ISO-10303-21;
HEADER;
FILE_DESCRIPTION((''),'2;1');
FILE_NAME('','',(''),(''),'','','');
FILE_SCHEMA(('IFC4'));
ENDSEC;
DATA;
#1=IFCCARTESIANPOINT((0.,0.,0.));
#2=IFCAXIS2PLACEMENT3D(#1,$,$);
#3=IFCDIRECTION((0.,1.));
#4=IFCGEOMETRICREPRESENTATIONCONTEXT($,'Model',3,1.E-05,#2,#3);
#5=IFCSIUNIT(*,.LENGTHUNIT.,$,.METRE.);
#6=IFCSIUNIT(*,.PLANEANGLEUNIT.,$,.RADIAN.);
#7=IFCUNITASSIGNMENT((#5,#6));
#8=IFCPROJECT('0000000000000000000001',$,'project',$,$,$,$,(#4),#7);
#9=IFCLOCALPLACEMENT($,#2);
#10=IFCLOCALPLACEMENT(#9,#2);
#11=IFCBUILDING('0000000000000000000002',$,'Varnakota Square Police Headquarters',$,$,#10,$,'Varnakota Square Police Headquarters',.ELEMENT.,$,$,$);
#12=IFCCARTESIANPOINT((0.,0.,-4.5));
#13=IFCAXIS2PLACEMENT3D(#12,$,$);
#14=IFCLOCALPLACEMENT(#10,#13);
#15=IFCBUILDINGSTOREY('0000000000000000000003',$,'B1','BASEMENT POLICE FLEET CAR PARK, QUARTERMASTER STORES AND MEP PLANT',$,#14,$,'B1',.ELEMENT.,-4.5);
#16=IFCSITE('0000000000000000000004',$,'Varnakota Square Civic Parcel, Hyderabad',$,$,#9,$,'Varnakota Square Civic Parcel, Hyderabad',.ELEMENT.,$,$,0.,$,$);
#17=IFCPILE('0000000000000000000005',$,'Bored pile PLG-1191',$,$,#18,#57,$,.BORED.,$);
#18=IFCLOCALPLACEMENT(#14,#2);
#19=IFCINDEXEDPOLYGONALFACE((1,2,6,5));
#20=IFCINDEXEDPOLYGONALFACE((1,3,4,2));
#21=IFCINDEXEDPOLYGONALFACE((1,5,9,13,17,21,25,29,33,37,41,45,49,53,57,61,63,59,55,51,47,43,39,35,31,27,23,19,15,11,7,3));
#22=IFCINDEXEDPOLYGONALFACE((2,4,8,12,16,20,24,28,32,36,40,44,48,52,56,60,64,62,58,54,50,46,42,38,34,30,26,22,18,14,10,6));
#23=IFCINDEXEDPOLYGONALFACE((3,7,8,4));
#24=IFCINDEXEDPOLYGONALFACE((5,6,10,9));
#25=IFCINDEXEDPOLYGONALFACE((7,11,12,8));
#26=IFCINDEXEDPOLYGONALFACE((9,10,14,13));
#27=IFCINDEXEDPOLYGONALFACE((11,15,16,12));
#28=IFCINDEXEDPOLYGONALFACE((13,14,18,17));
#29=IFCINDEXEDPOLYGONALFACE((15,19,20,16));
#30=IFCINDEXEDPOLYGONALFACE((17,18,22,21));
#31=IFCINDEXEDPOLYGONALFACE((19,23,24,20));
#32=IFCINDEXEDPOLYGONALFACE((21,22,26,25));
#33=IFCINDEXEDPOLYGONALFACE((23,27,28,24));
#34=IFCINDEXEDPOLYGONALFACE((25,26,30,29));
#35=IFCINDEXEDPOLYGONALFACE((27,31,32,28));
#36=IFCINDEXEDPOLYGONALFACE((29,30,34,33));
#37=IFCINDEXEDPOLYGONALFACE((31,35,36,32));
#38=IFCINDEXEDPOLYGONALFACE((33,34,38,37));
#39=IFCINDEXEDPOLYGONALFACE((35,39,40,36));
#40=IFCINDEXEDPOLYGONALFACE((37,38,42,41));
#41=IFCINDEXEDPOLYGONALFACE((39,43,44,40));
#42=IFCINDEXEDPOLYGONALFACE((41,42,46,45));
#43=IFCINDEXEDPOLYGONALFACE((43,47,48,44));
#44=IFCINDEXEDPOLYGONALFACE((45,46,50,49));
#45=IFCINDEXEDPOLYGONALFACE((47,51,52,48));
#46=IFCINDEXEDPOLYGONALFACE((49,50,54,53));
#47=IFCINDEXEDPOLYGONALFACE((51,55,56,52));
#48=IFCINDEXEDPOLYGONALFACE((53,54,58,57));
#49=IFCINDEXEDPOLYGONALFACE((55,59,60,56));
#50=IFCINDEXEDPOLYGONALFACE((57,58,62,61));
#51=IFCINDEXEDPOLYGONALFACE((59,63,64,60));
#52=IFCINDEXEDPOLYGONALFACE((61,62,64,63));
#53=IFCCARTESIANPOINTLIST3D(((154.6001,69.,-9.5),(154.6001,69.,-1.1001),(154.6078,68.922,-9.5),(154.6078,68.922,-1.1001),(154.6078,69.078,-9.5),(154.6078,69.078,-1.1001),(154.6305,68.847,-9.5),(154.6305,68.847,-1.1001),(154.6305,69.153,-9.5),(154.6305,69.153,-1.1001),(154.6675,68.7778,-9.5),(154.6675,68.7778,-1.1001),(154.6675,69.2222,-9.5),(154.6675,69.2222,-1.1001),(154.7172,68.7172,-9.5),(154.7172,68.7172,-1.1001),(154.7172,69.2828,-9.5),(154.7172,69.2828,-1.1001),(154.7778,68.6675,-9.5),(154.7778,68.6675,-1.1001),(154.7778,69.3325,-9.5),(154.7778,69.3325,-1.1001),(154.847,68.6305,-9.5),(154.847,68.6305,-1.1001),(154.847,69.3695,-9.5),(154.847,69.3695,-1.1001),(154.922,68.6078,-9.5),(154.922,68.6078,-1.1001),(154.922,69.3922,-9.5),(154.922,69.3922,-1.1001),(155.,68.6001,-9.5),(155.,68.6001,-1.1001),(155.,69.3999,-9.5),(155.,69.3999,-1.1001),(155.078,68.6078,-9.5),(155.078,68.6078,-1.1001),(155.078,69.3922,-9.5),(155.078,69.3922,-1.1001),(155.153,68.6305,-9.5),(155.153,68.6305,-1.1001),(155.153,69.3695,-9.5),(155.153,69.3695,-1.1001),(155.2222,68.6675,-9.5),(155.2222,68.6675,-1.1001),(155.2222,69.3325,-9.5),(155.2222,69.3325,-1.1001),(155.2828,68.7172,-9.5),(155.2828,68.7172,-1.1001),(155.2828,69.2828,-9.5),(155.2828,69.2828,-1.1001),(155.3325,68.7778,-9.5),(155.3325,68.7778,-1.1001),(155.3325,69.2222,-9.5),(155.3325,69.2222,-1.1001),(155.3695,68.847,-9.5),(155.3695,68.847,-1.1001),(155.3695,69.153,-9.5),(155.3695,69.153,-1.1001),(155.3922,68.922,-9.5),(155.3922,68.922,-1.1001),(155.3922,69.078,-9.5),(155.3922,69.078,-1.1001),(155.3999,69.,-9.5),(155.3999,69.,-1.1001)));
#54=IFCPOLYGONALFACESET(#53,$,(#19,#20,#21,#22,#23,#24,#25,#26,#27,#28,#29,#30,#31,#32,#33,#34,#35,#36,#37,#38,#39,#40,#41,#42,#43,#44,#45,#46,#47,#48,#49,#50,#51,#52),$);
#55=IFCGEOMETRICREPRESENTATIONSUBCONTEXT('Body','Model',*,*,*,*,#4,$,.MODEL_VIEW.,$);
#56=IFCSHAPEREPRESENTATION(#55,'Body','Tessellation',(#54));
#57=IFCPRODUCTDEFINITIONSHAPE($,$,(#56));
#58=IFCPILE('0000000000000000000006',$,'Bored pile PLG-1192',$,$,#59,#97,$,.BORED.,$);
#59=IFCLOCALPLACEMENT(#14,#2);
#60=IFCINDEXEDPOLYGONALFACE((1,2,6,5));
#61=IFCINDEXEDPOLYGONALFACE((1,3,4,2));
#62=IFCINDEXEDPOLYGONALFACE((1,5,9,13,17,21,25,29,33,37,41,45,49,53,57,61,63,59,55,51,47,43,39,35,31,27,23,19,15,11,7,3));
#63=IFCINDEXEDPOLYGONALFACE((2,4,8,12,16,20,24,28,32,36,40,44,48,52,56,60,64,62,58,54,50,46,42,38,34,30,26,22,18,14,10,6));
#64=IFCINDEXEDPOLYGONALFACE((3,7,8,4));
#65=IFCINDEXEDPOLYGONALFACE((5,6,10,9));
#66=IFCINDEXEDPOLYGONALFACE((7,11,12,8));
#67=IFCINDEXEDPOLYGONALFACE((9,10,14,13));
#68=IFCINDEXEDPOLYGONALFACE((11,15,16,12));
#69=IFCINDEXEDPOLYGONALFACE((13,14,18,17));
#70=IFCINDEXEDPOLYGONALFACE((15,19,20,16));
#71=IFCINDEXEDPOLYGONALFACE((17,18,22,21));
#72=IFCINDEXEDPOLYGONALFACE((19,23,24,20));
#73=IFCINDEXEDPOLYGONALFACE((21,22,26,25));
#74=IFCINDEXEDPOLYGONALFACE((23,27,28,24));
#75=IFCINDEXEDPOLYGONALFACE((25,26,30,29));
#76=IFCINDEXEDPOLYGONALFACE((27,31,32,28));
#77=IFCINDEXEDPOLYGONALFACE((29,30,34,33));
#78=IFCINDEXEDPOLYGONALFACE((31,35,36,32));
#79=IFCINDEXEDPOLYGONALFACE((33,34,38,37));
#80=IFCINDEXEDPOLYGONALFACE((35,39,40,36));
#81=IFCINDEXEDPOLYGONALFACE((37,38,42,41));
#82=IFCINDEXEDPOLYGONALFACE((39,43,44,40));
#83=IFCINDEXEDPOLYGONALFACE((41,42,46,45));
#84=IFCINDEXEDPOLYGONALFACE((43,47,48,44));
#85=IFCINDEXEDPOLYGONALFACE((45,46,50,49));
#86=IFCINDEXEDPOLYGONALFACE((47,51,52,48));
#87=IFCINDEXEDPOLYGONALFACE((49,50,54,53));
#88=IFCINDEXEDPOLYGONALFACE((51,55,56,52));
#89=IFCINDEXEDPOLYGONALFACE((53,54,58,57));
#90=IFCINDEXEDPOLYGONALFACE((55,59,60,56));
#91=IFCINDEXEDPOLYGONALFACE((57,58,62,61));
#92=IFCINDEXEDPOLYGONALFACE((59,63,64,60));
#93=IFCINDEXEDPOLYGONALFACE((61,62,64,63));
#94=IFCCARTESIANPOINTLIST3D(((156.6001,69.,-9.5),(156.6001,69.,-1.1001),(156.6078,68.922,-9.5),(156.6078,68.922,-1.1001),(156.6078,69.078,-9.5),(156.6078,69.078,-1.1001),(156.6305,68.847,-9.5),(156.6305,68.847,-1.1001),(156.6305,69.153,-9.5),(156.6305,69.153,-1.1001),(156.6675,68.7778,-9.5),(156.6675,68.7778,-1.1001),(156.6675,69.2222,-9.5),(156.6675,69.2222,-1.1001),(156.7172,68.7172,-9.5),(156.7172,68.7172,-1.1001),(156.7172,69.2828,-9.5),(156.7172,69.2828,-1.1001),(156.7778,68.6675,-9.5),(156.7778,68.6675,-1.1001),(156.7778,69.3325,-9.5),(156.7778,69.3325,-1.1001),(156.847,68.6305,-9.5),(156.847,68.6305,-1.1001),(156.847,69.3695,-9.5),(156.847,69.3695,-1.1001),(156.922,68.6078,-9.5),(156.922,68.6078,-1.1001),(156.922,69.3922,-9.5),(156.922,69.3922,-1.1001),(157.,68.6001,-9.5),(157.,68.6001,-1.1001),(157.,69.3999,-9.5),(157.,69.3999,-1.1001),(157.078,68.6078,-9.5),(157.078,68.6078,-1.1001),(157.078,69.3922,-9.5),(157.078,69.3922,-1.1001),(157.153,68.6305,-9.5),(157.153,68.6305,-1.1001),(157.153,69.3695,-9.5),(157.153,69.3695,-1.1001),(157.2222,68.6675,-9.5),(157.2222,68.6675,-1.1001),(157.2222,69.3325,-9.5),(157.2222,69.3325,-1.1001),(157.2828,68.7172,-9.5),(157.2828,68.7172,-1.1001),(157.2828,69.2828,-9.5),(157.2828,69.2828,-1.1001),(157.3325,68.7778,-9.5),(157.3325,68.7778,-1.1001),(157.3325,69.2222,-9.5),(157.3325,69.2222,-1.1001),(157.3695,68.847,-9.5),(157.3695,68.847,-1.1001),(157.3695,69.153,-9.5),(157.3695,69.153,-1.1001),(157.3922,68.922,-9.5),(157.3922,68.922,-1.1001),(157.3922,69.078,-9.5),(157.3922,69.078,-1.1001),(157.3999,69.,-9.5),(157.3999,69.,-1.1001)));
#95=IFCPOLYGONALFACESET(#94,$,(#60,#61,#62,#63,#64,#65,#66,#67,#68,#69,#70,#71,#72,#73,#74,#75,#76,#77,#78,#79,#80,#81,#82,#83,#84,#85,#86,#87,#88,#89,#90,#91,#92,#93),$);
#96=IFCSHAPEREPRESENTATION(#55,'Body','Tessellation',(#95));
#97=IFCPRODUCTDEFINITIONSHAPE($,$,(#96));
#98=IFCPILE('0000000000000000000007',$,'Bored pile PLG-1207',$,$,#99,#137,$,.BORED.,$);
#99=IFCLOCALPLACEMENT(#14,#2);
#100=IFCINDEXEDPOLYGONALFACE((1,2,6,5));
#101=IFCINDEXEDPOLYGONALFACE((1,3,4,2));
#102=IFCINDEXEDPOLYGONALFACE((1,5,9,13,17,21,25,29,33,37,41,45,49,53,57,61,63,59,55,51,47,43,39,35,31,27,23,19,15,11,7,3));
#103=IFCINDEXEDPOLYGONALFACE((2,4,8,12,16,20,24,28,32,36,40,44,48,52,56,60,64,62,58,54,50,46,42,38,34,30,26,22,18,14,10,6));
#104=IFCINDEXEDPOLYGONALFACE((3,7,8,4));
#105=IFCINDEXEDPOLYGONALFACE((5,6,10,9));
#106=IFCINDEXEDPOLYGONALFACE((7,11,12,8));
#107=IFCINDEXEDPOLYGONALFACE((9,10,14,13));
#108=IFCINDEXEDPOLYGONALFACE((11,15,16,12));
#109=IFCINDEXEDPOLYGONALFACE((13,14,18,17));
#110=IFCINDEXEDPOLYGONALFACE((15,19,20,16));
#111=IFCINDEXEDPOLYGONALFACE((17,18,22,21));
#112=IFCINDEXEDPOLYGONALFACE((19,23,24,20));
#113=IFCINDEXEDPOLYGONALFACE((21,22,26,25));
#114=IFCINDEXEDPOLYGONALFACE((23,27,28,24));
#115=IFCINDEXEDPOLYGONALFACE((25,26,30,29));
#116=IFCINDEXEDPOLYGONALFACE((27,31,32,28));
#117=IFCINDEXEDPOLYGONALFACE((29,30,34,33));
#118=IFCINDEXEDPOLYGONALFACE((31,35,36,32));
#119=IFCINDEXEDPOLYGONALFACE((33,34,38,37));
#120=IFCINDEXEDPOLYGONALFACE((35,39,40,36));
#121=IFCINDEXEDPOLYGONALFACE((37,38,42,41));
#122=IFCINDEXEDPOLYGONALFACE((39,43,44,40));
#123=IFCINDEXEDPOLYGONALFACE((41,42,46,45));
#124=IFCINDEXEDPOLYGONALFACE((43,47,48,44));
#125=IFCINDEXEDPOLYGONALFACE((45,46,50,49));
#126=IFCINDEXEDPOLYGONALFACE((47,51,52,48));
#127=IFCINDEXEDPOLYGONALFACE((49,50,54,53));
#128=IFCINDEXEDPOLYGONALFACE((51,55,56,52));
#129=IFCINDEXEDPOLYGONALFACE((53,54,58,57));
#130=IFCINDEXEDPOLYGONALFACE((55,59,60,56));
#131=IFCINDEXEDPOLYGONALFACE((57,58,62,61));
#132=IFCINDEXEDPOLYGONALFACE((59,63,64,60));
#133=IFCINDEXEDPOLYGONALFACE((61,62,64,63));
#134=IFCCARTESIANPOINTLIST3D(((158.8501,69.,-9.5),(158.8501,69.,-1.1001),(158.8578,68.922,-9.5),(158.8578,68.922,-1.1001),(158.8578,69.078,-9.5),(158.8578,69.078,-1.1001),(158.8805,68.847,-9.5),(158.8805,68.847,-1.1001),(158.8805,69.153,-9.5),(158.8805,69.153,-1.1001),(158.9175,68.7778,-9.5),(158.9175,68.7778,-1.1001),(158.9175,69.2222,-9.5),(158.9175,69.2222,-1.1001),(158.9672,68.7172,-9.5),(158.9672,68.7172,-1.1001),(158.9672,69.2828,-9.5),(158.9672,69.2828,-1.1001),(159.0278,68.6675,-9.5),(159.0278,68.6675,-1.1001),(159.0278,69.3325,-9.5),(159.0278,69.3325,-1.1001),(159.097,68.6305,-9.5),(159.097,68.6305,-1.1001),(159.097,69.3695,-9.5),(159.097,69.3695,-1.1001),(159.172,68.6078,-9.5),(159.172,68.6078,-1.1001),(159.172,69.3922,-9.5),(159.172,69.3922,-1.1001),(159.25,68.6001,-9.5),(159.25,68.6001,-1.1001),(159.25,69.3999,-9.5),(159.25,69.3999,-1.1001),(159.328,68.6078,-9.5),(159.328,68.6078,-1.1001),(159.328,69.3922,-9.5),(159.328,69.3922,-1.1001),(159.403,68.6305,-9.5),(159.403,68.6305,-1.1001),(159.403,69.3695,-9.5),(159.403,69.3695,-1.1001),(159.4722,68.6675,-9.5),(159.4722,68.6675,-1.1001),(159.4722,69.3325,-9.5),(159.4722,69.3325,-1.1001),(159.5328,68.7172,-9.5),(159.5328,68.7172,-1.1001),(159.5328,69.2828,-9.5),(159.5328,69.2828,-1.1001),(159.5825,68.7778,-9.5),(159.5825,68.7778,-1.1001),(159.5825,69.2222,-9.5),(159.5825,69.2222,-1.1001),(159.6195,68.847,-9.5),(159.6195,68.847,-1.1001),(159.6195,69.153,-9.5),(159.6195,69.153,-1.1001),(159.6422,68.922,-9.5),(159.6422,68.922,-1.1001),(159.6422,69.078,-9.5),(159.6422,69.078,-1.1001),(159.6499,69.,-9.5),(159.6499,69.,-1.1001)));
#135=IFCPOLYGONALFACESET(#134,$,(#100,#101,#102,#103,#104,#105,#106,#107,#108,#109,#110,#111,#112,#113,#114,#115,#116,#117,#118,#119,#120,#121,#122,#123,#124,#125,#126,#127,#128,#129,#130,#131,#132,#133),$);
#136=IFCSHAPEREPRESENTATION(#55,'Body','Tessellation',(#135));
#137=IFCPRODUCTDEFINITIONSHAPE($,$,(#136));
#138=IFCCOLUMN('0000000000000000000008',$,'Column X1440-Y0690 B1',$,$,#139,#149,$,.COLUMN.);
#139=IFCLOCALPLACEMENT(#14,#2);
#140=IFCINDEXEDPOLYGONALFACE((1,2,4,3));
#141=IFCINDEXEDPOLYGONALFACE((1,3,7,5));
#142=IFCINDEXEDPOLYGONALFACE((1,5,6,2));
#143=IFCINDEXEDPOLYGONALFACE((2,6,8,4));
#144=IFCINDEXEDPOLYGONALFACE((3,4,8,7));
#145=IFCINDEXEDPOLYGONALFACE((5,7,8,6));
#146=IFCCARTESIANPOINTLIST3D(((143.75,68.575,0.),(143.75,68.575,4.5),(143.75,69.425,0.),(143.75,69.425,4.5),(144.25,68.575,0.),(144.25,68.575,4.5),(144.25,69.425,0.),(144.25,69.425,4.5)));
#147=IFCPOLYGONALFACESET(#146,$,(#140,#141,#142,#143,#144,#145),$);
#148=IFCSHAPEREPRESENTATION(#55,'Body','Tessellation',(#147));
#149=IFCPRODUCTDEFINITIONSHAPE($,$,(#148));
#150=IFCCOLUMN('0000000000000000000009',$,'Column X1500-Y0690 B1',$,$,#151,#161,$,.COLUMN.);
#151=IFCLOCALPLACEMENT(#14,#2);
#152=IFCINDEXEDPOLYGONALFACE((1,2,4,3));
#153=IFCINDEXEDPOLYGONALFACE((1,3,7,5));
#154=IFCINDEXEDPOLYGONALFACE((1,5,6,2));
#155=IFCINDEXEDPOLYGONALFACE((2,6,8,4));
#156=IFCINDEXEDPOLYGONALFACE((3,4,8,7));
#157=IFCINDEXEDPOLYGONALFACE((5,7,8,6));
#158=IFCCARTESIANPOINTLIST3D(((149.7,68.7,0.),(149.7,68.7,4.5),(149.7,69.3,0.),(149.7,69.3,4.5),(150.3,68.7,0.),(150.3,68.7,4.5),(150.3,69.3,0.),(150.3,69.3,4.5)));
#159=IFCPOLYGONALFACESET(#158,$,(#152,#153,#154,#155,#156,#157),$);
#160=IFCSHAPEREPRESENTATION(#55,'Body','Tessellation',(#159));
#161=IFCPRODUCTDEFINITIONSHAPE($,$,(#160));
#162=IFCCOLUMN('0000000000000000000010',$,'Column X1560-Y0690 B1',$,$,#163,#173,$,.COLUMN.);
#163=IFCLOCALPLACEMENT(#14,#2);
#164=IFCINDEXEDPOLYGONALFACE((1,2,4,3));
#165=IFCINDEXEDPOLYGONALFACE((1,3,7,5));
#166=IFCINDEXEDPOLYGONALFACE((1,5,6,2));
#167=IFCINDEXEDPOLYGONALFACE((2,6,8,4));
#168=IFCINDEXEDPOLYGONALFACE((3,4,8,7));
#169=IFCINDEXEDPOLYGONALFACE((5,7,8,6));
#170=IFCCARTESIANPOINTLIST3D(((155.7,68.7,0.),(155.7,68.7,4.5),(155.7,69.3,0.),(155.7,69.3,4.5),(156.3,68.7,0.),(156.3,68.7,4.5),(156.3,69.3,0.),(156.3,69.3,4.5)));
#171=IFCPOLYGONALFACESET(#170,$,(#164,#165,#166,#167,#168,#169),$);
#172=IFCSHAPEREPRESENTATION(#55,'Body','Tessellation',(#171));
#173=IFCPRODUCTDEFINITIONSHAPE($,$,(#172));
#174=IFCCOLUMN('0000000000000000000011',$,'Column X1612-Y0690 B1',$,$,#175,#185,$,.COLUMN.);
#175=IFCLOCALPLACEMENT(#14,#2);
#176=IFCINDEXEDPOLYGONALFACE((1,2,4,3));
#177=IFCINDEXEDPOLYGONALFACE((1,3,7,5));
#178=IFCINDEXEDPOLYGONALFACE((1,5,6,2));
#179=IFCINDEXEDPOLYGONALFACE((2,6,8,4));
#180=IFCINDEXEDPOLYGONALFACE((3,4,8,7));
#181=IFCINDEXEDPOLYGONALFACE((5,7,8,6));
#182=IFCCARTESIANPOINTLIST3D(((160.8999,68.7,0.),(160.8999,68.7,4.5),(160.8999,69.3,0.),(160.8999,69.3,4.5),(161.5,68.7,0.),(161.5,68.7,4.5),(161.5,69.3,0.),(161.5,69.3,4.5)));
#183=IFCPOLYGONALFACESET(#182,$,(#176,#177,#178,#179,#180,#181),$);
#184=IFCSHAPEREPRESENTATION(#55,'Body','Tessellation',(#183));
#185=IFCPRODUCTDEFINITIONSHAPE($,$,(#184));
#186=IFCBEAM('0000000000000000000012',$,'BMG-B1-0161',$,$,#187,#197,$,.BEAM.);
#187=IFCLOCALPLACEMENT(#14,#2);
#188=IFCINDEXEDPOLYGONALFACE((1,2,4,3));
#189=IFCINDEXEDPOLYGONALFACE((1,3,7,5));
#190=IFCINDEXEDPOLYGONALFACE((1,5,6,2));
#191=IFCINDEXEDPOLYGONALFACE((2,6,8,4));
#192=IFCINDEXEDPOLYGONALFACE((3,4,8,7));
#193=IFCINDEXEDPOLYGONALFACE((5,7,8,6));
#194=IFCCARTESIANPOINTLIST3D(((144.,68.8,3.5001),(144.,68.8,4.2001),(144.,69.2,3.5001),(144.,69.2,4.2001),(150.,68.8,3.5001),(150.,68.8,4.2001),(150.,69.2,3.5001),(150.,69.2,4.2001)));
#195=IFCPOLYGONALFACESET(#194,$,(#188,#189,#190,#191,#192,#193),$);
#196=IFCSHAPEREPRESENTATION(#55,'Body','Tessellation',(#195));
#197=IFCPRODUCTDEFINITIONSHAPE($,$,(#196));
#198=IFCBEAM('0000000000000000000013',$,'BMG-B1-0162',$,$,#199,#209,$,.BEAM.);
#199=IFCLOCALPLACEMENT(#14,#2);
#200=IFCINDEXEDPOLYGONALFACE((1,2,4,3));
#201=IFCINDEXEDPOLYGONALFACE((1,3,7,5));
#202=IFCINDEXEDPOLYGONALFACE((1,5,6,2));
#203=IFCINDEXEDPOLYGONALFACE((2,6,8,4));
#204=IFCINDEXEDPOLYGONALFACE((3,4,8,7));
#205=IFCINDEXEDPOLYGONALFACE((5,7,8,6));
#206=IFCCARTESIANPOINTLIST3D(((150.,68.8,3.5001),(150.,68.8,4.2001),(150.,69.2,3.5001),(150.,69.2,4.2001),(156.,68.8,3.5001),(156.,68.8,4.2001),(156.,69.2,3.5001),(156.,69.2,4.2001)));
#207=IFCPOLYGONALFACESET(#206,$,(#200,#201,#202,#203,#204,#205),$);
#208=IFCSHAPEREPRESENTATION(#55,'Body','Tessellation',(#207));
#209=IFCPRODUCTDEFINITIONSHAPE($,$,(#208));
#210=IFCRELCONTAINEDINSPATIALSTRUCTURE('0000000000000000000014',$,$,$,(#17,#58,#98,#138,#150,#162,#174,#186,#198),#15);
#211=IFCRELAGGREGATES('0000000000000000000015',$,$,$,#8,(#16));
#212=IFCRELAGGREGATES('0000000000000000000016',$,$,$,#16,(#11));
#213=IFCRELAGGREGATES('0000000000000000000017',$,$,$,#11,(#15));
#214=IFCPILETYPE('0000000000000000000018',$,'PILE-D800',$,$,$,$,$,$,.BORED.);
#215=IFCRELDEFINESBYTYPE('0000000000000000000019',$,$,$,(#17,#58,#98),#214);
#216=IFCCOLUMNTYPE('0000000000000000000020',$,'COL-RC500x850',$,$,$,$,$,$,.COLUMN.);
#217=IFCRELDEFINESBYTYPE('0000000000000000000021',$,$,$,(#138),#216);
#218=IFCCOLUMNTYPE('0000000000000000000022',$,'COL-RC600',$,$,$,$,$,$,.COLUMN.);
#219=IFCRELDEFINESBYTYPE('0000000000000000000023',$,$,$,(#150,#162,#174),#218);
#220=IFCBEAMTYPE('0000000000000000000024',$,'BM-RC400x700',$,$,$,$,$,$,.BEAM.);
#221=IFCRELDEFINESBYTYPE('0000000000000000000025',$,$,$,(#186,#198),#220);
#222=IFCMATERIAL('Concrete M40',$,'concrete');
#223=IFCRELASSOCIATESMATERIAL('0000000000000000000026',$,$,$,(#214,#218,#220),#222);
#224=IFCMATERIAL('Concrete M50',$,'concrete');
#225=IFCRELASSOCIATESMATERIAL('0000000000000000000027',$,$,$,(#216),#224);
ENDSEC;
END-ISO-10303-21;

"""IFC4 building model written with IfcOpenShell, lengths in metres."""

from ifc_helpers import new_model, si_unit, direction, frame, origin, origin_2d, place, context, subcontext, project, spatial, rectangle, circle, extrude, material, material_profile, profile_set, type_object, element, save


model = new_model("IFC4")

# Units and contexts
model_context = context("Model", 3, precision=1e-05, world=origin(), true_north=direction((0.0, 1.0)))
body_context = subcontext(model_context, "Body", "Model", "MODEL_VIEW")
ifc_project = project(units=[si_unit("LENGTHUNIT", "METRE"), si_unit("PLANEANGLEUNIT", "RADIAN")], contexts=[model_context])

# Site, building, storey
site_placement = place(None, origin())
site = spatial("IfcSite", under=ifc_project, at=site_placement, Name="Varnakota Square Civic Parcel, Hyderabad", LongName="Varnakota Square Civic Parcel, Hyderabad", CompositionType="ELEMENT", RefElevation=0.0)
building_placement = place(site_placement, origin())
building = spatial("IfcBuilding", under=site, at=building_placement, Name="Varnakota Square Police Headquarters", LongName="Varnakota Square Police Headquarters", CompositionType="ELEMENT")
storey_placement = place(building_placement, frame((0.0, 0.0, -4.5)))
storey = spatial("IfcBuildingStorey", under=building, at=storey_placement, Name="B1", Description="BASEMENT POLICE FLEET CAR PARK, QUARTERMASTER STORES AND MEP PLANT", LongName="B1", CompositionType="ELEMENT", Elevation=-4.5)

# Shared definitions
ifc_material_1 = material(Name="Concrete M40", Category="concrete")

# Piles
ifc_material_profile_1 = material_profile(ifc_material_1, circle(Radius=0.3999, at=origin_2d()), Name="BORED PILE 800")
ifc_profile_set_1 = profile_set([ifc_material_profile_1], Name="Concrete M40")
pile_type = type_object("IfcPileType", Name="PILE-D800", PredefinedType="BORED", material=ifc_profile_set_1)
for number, where, z_axis, x_axis, name in (
    (1, (155.0, 69.0, -1.1001), (0.0, 0.0, -1.0), (1.0, 0.0, 0.0), "Bored pile PLG-1191"),
    (2, (157.0, 69.0, -1.1001), (0.0, 0.0, -1.0), (1.0, 0.0, 0.0), "Bored pile PLG-1192"),
    (3, (159.25, 69.0, -1.1001), (0.0, 0.0, -1.0), (1.0, 0.0, 0.0), "Bored pile PLG-1207"),
):
    element("IfcPile", number, at=place(storey_placement, frame(where, z_axis=z_axis, x_axis=x_axis)), inside=storey, type_object=pile_type, Name=name, PredefinedType="BORED", context=body_context, shape_type="SweptSolid", body=[
        extrude(circle(Radius=0.3999, at=origin_2d()), origin(), (0.0, 0.0, 1.0), 8.3999),
    ])

# Columns
ifc_material_2 = material(Name="Concrete M50", Category="concrete")
ifc_material_profile_2 = material_profile(ifc_material_2, rectangle(XDim=0.5, YDim=0.8501, at=origin_2d()), Name="RC 500x850")
ifc_profile_set_2 = profile_set([ifc_material_profile_2], Name="Concrete M50")
column_type_1 = type_object("IfcColumnType", Name="COL-RC500x850", PredefinedType="COLUMN", material=ifc_profile_set_2)
column_placement = place(storey_placement, frame((144.0, 69.0, 0.0), z_axis=(0.0, 0.0, 1.0), x_axis=(1.0, 0.0, 0.0)))
element("IfcColumn", 4, at=column_placement, inside=storey, type_object=column_type_1, Name="Column X1440-Y0690 B1", PredefinedType="COLUMN", context=body_context, shape_type="SweptSolid", body=[
    extrude(rectangle(XDim=0.5, YDim=0.8501, at=origin_2d()), origin(), (0.0, 0.0, 1.0), 4.5),
])
ifc_material_profile_3 = material_profile(ifc_material_1, rectangle(XDim=0.6001, YDim=0.6001, at=origin_2d()), Name="RC 600x600")
ifc_profile_set_3 = profile_set([ifc_material_profile_3], Name="Concrete M40")
column_type_2 = type_object("IfcColumnType", Name="COL-RC600", PredefinedType="COLUMN", material=ifc_profile_set_3)
for number, where, z_axis, x_axis, name in (
    (5, (150.0, 69.0, 0.0), (0.0, 0.0, 1.0), (1.0, 0.0, 0.0), "Column X1500-Y0690 B1"),
    (6, (156.0, 69.0, 0.0), (0.0, 0.0, 1.0), (1.0, 0.0, 0.0), "Column X1560-Y0690 B1"),
    (7, (161.2, 69.0, 0.0), (0.0, 0.0, 1.0), (1.0, 0.0, 0.0), "Column X1612-Y0690 B1"),
):
    element("IfcColumn", number, at=place(storey_placement, frame(where, z_axis=z_axis, x_axis=x_axis)), inside=storey, type_object=column_type_2, Name=name, PredefinedType="COLUMN", context=body_context, shape_type="SweptSolid", body=[
        extrude(rectangle(XDim=0.6001, YDim=0.6001, at=origin_2d()), origin(), (0.0, 0.0, 1.0), 4.5),
    ])

# Beams
ifc_material_profile_4 = material_profile(ifc_material_1, rectangle(XDim=0.3999, YDim=0.7, at=origin_2d()), Name="RC 400x700")
ifc_profile_set_4 = profile_set([ifc_material_profile_4], Name="Concrete M40")
beam_type_1 = type_object("IfcBeamType", Name="BM-RC400x700", PredefinedType="BEAM", material=ifc_profile_set_4)
for number, where, z_axis, x_axis, name in (
    (8, (144.0, 69.0, 3.8501), (1.0, 0.0, 0.0), (0.0, 1.0, 0.0), "BMG-B1-0161"),
    (9, (150.0, 69.0, 3.8501), (1.0, 0.0, 0.0), (0.0, 1.0, 0.0), "BMG-B1-0162"),
):
    element("IfcBeam", number, at=place(storey_placement, frame(where, z_axis=z_axis, x_axis=x_axis)), inside=storey, type_object=beam_type_1, Name=name, PredefinedType="BEAM", context=body_context, shape_type="SweptSolid", body=[
        extrude(rectangle(XDim=0.3999, YDim=0.7, at=origin_2d()), origin(), (0.0, 0.0, 1.0), 6.0),
    ])

save(model, "model.ifc")
